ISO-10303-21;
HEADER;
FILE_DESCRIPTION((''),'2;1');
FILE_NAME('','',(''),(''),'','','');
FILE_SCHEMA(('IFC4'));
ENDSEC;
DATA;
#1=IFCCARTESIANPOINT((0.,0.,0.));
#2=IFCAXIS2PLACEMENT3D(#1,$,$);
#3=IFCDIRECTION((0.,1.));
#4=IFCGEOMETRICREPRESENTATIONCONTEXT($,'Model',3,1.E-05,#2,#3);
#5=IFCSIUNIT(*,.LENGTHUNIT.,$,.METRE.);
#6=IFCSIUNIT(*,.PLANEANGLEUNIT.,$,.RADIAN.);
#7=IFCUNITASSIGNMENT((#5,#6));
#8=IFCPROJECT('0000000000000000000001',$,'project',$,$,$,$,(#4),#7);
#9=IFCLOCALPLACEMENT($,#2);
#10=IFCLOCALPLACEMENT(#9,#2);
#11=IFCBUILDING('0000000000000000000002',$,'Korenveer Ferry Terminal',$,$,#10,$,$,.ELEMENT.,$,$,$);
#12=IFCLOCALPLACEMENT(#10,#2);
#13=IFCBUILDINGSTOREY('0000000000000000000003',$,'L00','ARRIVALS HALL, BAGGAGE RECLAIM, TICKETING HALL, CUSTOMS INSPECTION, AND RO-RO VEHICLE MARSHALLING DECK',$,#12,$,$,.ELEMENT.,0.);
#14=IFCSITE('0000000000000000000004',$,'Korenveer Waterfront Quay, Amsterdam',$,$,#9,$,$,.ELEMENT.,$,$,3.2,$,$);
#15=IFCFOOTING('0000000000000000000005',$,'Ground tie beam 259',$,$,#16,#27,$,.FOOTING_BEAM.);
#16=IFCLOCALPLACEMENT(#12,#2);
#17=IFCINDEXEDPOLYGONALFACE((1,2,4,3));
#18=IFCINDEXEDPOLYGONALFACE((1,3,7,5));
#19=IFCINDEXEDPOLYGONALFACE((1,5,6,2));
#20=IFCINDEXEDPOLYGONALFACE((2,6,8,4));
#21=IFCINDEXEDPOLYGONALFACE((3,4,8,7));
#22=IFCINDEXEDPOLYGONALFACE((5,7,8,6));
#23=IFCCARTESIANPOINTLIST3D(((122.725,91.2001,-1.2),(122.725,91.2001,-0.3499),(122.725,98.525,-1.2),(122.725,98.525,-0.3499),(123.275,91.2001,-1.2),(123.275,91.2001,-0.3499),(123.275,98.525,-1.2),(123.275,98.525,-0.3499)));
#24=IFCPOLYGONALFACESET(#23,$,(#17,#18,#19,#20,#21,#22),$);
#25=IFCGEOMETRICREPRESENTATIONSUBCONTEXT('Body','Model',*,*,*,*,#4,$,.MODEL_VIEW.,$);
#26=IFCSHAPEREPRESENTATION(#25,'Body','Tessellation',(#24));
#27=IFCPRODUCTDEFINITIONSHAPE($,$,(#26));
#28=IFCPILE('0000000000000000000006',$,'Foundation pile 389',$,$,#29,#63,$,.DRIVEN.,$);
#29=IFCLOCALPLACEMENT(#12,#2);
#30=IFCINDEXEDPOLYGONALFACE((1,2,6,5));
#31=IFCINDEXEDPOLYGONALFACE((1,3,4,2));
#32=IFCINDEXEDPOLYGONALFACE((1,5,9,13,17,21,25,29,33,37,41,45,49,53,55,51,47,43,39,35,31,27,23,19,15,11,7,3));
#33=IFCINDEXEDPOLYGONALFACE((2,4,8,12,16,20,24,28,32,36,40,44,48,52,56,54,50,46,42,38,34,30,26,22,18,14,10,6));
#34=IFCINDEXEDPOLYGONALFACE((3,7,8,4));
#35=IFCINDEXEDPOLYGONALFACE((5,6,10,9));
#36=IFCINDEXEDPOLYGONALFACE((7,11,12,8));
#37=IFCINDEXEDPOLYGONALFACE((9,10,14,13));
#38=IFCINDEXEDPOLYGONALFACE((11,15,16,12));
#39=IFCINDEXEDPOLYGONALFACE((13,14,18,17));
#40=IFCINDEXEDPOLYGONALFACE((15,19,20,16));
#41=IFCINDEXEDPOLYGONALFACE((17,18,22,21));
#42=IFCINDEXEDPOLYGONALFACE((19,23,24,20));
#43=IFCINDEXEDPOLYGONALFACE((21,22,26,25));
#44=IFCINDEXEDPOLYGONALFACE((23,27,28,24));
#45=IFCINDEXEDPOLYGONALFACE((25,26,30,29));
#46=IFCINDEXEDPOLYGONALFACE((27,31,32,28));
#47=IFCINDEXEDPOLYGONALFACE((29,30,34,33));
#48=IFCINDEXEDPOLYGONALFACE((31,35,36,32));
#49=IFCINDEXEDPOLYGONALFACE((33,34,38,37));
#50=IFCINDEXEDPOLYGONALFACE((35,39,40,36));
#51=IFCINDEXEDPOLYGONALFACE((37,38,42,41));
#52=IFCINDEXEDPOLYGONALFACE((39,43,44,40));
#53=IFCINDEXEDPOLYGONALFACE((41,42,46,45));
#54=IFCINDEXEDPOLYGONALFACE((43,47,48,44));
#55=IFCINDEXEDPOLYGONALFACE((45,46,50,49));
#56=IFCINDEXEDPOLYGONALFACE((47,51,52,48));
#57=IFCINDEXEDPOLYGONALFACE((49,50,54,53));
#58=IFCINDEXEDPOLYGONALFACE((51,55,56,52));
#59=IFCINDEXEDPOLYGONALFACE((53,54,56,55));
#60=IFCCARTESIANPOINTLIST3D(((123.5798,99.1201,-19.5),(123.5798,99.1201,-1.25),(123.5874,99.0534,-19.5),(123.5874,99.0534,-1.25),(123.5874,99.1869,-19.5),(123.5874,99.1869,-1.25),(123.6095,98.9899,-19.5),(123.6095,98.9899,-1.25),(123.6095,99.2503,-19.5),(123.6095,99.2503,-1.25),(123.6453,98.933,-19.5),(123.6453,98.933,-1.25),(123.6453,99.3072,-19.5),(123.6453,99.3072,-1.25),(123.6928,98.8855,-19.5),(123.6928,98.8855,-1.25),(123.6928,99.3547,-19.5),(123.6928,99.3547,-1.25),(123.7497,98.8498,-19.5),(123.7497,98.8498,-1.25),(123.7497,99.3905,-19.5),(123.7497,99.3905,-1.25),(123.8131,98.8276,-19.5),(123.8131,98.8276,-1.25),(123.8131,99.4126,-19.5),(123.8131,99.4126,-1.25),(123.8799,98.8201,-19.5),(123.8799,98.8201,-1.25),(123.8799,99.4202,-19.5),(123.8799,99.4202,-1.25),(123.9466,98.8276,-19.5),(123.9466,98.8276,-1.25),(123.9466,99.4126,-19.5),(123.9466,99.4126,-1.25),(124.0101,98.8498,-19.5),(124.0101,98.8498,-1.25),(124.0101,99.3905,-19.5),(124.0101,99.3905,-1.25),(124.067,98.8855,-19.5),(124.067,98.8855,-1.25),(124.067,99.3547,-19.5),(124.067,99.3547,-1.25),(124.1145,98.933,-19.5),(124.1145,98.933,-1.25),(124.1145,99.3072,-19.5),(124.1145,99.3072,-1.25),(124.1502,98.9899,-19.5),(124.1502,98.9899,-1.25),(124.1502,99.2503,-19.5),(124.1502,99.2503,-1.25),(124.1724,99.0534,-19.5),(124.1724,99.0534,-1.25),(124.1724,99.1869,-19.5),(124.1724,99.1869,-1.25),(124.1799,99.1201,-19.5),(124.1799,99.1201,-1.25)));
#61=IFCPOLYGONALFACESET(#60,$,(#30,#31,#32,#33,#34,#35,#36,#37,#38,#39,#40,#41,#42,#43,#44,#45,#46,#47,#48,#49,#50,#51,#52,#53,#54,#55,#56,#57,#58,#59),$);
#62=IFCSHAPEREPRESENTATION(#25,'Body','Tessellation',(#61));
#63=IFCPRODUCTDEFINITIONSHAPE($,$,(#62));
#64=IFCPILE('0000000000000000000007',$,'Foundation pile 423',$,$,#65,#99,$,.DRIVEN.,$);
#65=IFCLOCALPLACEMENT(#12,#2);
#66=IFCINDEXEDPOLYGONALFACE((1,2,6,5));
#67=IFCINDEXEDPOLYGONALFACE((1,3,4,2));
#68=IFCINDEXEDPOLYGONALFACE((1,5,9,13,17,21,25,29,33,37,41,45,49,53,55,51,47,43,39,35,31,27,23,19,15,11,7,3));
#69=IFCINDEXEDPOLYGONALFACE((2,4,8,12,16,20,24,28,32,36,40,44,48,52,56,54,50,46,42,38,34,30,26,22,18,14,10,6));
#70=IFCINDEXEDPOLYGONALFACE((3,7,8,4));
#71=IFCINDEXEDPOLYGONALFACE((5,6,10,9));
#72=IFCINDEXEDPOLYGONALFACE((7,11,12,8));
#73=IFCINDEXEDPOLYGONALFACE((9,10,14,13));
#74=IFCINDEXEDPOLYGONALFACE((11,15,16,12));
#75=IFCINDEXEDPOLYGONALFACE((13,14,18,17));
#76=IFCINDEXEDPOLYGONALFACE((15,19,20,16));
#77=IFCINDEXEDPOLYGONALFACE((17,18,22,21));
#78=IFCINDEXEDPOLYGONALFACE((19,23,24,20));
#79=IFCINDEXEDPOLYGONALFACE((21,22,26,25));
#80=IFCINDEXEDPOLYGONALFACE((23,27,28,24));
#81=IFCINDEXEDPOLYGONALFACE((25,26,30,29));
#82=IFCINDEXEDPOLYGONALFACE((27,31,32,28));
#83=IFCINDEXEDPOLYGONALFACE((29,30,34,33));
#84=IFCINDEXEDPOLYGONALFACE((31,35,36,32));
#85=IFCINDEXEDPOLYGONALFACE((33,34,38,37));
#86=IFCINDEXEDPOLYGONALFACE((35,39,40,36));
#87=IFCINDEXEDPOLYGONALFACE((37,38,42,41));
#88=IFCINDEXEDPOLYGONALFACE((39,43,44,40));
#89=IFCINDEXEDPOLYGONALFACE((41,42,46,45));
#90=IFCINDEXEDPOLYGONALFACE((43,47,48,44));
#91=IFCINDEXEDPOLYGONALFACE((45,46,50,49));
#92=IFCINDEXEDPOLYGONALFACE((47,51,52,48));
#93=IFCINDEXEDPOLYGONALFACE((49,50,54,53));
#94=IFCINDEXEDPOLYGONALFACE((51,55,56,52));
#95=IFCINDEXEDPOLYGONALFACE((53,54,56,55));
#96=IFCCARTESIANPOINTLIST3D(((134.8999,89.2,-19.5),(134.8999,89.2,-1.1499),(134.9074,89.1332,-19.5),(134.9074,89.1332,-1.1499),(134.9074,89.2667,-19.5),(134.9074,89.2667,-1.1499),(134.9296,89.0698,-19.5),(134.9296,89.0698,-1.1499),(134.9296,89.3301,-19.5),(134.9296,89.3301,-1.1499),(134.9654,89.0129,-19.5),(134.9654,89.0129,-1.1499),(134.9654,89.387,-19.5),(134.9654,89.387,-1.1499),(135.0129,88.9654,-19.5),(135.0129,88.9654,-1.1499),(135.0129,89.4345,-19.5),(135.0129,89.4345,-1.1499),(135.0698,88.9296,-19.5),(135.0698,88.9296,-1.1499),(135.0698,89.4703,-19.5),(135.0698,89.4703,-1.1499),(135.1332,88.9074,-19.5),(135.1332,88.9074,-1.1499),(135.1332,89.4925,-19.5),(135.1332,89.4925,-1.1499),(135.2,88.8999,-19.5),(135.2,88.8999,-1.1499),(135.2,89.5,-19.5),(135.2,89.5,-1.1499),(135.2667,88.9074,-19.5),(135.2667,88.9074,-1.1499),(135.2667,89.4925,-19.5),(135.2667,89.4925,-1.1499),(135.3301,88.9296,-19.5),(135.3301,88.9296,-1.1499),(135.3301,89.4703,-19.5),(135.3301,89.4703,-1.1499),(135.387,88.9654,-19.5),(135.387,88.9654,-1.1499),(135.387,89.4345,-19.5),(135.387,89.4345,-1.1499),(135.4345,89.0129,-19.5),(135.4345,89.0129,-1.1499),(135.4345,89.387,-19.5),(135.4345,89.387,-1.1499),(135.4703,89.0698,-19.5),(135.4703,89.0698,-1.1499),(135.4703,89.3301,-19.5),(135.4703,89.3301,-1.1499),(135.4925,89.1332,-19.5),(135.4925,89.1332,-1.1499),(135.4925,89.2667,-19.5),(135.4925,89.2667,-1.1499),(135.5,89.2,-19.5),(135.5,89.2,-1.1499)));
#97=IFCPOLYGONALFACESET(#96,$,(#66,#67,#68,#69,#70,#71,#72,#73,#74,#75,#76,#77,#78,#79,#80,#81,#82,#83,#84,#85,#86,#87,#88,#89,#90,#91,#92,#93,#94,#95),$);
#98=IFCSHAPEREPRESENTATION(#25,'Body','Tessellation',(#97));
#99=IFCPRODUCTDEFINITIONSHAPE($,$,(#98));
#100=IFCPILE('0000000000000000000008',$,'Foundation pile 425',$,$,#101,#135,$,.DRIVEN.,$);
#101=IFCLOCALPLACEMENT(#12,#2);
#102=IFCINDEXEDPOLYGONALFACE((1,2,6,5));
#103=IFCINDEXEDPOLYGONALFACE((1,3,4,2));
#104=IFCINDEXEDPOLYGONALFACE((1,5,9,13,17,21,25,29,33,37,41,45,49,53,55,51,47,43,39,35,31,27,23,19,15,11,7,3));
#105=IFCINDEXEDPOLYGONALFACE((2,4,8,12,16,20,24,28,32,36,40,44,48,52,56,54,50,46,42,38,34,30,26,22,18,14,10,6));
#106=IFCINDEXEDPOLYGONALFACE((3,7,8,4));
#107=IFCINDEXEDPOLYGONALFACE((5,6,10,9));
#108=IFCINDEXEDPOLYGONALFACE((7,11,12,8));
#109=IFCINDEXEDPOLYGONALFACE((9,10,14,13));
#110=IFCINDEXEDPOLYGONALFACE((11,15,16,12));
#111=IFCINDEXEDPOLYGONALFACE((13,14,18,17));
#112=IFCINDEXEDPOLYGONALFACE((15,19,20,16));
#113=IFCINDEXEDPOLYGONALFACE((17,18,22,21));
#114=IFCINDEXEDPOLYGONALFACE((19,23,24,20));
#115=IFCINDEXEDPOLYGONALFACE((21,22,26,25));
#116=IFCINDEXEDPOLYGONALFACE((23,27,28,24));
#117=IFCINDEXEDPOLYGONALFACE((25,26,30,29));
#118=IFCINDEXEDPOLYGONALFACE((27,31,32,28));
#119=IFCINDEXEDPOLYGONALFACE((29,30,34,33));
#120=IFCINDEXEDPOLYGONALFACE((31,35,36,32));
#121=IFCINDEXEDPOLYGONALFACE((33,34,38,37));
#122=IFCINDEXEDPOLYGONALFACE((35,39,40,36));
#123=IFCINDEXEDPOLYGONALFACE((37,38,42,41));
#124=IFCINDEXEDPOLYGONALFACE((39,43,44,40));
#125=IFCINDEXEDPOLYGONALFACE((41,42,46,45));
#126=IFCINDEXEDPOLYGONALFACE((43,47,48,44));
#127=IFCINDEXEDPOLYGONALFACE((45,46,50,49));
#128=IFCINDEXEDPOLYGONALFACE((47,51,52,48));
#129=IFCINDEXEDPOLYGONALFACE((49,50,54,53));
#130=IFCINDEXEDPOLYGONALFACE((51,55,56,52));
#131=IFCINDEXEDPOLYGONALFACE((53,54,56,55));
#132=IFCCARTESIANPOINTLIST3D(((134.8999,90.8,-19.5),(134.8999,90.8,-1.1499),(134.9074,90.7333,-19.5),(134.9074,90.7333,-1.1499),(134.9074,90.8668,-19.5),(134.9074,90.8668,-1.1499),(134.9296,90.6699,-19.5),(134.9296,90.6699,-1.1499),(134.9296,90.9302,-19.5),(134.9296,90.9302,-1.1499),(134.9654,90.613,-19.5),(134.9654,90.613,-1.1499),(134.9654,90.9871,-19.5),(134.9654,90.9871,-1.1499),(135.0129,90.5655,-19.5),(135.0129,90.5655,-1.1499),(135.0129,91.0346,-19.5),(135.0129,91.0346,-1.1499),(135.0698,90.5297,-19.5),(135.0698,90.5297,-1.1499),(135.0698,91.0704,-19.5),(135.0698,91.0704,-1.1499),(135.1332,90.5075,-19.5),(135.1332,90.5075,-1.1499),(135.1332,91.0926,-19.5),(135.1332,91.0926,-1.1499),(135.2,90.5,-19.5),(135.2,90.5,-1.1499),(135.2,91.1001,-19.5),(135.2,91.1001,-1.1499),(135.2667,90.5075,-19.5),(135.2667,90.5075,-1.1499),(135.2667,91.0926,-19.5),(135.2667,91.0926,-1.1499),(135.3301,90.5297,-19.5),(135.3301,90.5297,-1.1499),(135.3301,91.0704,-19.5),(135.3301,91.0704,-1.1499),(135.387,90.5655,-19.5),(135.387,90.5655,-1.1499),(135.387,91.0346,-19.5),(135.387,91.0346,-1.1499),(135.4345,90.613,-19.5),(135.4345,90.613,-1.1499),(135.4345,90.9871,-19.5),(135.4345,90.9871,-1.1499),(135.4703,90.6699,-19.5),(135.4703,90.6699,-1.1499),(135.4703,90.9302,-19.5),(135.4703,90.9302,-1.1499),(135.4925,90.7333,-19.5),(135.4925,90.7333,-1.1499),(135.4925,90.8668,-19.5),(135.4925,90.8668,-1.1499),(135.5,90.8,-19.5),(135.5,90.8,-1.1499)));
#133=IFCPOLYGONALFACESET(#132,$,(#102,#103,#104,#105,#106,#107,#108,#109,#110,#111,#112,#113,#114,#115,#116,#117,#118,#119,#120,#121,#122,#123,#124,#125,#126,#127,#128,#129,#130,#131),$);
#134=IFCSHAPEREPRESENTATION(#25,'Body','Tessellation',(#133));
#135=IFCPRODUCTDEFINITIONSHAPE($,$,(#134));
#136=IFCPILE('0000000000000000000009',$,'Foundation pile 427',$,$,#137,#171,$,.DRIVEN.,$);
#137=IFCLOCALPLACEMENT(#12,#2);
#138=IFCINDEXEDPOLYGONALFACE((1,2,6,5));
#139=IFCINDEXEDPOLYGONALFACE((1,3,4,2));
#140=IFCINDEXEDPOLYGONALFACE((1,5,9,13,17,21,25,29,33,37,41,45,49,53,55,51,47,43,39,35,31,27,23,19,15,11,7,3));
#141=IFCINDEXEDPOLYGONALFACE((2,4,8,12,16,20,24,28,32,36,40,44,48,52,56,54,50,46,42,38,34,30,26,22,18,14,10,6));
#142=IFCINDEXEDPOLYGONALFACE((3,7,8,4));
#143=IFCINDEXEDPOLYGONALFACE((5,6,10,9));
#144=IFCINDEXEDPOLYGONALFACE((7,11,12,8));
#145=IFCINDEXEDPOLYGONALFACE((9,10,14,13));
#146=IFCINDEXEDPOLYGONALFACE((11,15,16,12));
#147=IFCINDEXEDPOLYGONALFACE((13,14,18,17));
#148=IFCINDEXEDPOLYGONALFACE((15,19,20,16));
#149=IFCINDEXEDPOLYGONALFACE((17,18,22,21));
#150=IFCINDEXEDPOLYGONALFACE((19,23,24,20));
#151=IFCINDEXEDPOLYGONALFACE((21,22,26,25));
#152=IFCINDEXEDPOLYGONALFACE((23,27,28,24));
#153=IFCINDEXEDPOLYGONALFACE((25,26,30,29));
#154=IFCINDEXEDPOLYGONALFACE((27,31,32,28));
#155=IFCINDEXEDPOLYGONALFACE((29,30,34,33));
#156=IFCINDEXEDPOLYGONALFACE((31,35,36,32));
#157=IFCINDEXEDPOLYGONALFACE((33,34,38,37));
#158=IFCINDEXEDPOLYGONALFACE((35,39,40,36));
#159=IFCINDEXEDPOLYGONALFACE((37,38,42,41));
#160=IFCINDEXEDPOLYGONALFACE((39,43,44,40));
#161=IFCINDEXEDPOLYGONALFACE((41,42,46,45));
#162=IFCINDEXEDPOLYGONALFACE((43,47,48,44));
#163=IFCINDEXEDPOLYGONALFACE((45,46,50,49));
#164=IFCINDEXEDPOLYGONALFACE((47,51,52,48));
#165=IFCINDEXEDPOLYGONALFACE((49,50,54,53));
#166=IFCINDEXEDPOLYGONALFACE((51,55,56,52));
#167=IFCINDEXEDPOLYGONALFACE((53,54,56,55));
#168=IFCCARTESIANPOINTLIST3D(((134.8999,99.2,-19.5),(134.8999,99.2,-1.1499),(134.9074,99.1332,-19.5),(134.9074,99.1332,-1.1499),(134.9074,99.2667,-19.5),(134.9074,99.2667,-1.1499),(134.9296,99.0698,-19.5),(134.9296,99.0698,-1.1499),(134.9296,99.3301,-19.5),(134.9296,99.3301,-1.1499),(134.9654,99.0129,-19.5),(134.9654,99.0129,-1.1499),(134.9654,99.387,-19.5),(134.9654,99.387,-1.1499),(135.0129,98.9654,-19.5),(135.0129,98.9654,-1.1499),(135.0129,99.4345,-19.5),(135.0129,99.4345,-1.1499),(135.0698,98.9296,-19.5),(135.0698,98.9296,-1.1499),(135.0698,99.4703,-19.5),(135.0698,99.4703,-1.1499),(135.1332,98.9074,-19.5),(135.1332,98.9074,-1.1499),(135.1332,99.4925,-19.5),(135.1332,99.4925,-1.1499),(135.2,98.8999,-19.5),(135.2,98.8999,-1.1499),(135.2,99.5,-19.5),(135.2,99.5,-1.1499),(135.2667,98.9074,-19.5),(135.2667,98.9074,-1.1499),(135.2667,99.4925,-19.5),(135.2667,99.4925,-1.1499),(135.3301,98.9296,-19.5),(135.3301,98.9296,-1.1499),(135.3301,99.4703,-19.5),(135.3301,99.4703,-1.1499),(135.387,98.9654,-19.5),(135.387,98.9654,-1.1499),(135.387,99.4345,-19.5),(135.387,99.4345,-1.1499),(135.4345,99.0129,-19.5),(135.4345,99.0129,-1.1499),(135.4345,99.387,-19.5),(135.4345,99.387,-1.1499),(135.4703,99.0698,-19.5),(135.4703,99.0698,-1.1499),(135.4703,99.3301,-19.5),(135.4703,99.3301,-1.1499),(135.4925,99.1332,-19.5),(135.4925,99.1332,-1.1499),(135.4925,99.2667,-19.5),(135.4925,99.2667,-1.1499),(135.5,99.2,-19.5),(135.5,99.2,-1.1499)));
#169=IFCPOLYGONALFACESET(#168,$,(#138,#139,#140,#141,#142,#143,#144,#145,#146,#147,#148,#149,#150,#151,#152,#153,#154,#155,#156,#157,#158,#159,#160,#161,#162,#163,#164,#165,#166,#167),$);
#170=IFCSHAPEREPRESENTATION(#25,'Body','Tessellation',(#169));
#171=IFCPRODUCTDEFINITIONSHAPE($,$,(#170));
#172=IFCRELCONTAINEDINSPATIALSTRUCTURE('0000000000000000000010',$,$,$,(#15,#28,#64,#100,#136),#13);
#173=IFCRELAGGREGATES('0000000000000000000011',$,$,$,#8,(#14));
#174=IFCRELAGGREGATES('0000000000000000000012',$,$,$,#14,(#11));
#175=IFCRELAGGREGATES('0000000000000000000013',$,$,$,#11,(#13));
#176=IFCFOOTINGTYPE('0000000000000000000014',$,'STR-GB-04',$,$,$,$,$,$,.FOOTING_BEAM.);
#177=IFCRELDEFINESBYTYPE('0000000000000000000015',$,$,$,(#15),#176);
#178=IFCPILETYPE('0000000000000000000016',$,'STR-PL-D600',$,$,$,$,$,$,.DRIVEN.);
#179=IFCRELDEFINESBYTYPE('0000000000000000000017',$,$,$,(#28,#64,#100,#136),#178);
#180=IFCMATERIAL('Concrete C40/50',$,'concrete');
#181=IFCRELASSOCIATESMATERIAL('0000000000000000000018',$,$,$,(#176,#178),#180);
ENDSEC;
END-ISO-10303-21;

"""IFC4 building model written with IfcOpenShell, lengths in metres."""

from ifc_helpers import new_model, si_unit, direction, frame, origin, origin_2d, place, context, subcontext, project, spatial, rectangle, circle, extrude, material, material_profile, profile_set, type_object, element, save


model = new_model("IFC4")

# Units and contexts
model_context = context("Model", 3, precision=1e-05, world=origin(), true_north=direction((0.0, 1.0)))
body_context = subcontext(model_context, "Body", "Model", "MODEL_VIEW")
ifc_project = project(units=[si_unit("LENGTHUNIT", "METRE"), si_unit("PLANEANGLEUNIT", "RADIAN")], contexts=[model_context])

# Site, building, storey
site_placement = place(None, origin())
site = spatial("IfcSite", under=ifc_project, at=site_placement, Name="Korenveer Waterfront Quay, Amsterdam", CompositionType="ELEMENT", RefElevation=3.2)
building_placement = place(site_placement, origin())
building = spatial("IfcBuilding", under=site, at=building_placement, Name="Korenveer Ferry Terminal", CompositionType="ELEMENT")
storey_placement = place(building_placement, origin())
storey = spatial("IfcBuildingStorey", under=building, at=storey_placement, Name="L00", Description="ARRIVALS HALL, BAGGAGE RECLAIM, TICKETING HALL, CUSTOMS INSPECTION, AND RO-RO VEHICLE MARSHALLING DECK", CompositionType="ELEMENT", Elevation=0.0)

# Footing
ifc_material_1 = material(Name="Concrete C40/50", Category="concrete")
footing_type = type_object("IfcFootingType", Name="STR-GB-04", PredefinedType="FOOTING_BEAM", material=ifc_material_1)
footing_placement = place(storey_placement, frame((123.0, 94.8625, -1.2), z_axis=(0.0, 0.0, 1.0), x_axis=(1.0, 0.0, 0.0)))
element("IfcFooting", 1, at=footing_placement, inside=storey, type_object=footing_type, Name="Ground tie beam 259", PredefinedType="FOOTING_BEAM", context=body_context, shape_type="SweptSolid", body=[
    extrude(rectangle(XDim=0.55, YDim=7.325, at=origin_2d()), origin(), (0.0, 0.0, 1.0), 0.8501),
])

# Piles
ifc_material_profile_1 = material_profile(ifc_material_1, circle(Radius=0.3, at=origin_2d()), Name="PILE D600")
ifc_profile_set_1 = profile_set([ifc_material_profile_1], Name="Concrete C40/50")
pile_type_1 = type_object("IfcPileType", Name="STR-PL-D600", PredefinedType="DRIVEN", material=ifc_profile_set_1)
pile_placement = place(storey_placement, frame((123.8799, 99.1201, -1.25), z_axis=(0.0, 0.0, -1.0), x_axis=(1.0, 0.0, 0.0)))
element("IfcPile", 2, at=pile_placement, inside=storey, type_object=pile_type_1, Name="Foundation pile 389", PredefinedType="DRIVEN", context=body_context, shape_type="SweptSolid", body=[
    extrude(circle(Radius=0.3, at=origin_2d()), origin(), (0.0, 0.0, 1.0), 18.25),
])
for number, where, z_axis, x_axis, name in (
    (3, (135.2, 89.2, -1.1499), (0.0, 0.0, -1.0), (1.0, 0.0, 0.0), "Foundation pile 423"),
    (4, (135.2, 90.8, -1.1499), (0.0, 0.0, -1.0), (1.0, 0.0, 0.0), "Foundation pile 425"),
    (5, (135.2, 99.2, -1.1499), (0.0, 0.0, -1.0), (1.0, 0.0, 0.0), "Foundation pile 427"),
):
    element("IfcPile", number, at=place(storey_placement, frame(where, z_axis=z_axis, x_axis=x_axis)), inside=storey, type_object=pile_type_1, Name=name, PredefinedType="DRIVEN", context=body_context, shape_type="SweptSolid", body=[
        extrude(circle(Radius=0.3, at=origin_2d()), origin(), (0.0, 0.0, 1.0), 18.3501),
    ])

save(model, "model.ifc")
